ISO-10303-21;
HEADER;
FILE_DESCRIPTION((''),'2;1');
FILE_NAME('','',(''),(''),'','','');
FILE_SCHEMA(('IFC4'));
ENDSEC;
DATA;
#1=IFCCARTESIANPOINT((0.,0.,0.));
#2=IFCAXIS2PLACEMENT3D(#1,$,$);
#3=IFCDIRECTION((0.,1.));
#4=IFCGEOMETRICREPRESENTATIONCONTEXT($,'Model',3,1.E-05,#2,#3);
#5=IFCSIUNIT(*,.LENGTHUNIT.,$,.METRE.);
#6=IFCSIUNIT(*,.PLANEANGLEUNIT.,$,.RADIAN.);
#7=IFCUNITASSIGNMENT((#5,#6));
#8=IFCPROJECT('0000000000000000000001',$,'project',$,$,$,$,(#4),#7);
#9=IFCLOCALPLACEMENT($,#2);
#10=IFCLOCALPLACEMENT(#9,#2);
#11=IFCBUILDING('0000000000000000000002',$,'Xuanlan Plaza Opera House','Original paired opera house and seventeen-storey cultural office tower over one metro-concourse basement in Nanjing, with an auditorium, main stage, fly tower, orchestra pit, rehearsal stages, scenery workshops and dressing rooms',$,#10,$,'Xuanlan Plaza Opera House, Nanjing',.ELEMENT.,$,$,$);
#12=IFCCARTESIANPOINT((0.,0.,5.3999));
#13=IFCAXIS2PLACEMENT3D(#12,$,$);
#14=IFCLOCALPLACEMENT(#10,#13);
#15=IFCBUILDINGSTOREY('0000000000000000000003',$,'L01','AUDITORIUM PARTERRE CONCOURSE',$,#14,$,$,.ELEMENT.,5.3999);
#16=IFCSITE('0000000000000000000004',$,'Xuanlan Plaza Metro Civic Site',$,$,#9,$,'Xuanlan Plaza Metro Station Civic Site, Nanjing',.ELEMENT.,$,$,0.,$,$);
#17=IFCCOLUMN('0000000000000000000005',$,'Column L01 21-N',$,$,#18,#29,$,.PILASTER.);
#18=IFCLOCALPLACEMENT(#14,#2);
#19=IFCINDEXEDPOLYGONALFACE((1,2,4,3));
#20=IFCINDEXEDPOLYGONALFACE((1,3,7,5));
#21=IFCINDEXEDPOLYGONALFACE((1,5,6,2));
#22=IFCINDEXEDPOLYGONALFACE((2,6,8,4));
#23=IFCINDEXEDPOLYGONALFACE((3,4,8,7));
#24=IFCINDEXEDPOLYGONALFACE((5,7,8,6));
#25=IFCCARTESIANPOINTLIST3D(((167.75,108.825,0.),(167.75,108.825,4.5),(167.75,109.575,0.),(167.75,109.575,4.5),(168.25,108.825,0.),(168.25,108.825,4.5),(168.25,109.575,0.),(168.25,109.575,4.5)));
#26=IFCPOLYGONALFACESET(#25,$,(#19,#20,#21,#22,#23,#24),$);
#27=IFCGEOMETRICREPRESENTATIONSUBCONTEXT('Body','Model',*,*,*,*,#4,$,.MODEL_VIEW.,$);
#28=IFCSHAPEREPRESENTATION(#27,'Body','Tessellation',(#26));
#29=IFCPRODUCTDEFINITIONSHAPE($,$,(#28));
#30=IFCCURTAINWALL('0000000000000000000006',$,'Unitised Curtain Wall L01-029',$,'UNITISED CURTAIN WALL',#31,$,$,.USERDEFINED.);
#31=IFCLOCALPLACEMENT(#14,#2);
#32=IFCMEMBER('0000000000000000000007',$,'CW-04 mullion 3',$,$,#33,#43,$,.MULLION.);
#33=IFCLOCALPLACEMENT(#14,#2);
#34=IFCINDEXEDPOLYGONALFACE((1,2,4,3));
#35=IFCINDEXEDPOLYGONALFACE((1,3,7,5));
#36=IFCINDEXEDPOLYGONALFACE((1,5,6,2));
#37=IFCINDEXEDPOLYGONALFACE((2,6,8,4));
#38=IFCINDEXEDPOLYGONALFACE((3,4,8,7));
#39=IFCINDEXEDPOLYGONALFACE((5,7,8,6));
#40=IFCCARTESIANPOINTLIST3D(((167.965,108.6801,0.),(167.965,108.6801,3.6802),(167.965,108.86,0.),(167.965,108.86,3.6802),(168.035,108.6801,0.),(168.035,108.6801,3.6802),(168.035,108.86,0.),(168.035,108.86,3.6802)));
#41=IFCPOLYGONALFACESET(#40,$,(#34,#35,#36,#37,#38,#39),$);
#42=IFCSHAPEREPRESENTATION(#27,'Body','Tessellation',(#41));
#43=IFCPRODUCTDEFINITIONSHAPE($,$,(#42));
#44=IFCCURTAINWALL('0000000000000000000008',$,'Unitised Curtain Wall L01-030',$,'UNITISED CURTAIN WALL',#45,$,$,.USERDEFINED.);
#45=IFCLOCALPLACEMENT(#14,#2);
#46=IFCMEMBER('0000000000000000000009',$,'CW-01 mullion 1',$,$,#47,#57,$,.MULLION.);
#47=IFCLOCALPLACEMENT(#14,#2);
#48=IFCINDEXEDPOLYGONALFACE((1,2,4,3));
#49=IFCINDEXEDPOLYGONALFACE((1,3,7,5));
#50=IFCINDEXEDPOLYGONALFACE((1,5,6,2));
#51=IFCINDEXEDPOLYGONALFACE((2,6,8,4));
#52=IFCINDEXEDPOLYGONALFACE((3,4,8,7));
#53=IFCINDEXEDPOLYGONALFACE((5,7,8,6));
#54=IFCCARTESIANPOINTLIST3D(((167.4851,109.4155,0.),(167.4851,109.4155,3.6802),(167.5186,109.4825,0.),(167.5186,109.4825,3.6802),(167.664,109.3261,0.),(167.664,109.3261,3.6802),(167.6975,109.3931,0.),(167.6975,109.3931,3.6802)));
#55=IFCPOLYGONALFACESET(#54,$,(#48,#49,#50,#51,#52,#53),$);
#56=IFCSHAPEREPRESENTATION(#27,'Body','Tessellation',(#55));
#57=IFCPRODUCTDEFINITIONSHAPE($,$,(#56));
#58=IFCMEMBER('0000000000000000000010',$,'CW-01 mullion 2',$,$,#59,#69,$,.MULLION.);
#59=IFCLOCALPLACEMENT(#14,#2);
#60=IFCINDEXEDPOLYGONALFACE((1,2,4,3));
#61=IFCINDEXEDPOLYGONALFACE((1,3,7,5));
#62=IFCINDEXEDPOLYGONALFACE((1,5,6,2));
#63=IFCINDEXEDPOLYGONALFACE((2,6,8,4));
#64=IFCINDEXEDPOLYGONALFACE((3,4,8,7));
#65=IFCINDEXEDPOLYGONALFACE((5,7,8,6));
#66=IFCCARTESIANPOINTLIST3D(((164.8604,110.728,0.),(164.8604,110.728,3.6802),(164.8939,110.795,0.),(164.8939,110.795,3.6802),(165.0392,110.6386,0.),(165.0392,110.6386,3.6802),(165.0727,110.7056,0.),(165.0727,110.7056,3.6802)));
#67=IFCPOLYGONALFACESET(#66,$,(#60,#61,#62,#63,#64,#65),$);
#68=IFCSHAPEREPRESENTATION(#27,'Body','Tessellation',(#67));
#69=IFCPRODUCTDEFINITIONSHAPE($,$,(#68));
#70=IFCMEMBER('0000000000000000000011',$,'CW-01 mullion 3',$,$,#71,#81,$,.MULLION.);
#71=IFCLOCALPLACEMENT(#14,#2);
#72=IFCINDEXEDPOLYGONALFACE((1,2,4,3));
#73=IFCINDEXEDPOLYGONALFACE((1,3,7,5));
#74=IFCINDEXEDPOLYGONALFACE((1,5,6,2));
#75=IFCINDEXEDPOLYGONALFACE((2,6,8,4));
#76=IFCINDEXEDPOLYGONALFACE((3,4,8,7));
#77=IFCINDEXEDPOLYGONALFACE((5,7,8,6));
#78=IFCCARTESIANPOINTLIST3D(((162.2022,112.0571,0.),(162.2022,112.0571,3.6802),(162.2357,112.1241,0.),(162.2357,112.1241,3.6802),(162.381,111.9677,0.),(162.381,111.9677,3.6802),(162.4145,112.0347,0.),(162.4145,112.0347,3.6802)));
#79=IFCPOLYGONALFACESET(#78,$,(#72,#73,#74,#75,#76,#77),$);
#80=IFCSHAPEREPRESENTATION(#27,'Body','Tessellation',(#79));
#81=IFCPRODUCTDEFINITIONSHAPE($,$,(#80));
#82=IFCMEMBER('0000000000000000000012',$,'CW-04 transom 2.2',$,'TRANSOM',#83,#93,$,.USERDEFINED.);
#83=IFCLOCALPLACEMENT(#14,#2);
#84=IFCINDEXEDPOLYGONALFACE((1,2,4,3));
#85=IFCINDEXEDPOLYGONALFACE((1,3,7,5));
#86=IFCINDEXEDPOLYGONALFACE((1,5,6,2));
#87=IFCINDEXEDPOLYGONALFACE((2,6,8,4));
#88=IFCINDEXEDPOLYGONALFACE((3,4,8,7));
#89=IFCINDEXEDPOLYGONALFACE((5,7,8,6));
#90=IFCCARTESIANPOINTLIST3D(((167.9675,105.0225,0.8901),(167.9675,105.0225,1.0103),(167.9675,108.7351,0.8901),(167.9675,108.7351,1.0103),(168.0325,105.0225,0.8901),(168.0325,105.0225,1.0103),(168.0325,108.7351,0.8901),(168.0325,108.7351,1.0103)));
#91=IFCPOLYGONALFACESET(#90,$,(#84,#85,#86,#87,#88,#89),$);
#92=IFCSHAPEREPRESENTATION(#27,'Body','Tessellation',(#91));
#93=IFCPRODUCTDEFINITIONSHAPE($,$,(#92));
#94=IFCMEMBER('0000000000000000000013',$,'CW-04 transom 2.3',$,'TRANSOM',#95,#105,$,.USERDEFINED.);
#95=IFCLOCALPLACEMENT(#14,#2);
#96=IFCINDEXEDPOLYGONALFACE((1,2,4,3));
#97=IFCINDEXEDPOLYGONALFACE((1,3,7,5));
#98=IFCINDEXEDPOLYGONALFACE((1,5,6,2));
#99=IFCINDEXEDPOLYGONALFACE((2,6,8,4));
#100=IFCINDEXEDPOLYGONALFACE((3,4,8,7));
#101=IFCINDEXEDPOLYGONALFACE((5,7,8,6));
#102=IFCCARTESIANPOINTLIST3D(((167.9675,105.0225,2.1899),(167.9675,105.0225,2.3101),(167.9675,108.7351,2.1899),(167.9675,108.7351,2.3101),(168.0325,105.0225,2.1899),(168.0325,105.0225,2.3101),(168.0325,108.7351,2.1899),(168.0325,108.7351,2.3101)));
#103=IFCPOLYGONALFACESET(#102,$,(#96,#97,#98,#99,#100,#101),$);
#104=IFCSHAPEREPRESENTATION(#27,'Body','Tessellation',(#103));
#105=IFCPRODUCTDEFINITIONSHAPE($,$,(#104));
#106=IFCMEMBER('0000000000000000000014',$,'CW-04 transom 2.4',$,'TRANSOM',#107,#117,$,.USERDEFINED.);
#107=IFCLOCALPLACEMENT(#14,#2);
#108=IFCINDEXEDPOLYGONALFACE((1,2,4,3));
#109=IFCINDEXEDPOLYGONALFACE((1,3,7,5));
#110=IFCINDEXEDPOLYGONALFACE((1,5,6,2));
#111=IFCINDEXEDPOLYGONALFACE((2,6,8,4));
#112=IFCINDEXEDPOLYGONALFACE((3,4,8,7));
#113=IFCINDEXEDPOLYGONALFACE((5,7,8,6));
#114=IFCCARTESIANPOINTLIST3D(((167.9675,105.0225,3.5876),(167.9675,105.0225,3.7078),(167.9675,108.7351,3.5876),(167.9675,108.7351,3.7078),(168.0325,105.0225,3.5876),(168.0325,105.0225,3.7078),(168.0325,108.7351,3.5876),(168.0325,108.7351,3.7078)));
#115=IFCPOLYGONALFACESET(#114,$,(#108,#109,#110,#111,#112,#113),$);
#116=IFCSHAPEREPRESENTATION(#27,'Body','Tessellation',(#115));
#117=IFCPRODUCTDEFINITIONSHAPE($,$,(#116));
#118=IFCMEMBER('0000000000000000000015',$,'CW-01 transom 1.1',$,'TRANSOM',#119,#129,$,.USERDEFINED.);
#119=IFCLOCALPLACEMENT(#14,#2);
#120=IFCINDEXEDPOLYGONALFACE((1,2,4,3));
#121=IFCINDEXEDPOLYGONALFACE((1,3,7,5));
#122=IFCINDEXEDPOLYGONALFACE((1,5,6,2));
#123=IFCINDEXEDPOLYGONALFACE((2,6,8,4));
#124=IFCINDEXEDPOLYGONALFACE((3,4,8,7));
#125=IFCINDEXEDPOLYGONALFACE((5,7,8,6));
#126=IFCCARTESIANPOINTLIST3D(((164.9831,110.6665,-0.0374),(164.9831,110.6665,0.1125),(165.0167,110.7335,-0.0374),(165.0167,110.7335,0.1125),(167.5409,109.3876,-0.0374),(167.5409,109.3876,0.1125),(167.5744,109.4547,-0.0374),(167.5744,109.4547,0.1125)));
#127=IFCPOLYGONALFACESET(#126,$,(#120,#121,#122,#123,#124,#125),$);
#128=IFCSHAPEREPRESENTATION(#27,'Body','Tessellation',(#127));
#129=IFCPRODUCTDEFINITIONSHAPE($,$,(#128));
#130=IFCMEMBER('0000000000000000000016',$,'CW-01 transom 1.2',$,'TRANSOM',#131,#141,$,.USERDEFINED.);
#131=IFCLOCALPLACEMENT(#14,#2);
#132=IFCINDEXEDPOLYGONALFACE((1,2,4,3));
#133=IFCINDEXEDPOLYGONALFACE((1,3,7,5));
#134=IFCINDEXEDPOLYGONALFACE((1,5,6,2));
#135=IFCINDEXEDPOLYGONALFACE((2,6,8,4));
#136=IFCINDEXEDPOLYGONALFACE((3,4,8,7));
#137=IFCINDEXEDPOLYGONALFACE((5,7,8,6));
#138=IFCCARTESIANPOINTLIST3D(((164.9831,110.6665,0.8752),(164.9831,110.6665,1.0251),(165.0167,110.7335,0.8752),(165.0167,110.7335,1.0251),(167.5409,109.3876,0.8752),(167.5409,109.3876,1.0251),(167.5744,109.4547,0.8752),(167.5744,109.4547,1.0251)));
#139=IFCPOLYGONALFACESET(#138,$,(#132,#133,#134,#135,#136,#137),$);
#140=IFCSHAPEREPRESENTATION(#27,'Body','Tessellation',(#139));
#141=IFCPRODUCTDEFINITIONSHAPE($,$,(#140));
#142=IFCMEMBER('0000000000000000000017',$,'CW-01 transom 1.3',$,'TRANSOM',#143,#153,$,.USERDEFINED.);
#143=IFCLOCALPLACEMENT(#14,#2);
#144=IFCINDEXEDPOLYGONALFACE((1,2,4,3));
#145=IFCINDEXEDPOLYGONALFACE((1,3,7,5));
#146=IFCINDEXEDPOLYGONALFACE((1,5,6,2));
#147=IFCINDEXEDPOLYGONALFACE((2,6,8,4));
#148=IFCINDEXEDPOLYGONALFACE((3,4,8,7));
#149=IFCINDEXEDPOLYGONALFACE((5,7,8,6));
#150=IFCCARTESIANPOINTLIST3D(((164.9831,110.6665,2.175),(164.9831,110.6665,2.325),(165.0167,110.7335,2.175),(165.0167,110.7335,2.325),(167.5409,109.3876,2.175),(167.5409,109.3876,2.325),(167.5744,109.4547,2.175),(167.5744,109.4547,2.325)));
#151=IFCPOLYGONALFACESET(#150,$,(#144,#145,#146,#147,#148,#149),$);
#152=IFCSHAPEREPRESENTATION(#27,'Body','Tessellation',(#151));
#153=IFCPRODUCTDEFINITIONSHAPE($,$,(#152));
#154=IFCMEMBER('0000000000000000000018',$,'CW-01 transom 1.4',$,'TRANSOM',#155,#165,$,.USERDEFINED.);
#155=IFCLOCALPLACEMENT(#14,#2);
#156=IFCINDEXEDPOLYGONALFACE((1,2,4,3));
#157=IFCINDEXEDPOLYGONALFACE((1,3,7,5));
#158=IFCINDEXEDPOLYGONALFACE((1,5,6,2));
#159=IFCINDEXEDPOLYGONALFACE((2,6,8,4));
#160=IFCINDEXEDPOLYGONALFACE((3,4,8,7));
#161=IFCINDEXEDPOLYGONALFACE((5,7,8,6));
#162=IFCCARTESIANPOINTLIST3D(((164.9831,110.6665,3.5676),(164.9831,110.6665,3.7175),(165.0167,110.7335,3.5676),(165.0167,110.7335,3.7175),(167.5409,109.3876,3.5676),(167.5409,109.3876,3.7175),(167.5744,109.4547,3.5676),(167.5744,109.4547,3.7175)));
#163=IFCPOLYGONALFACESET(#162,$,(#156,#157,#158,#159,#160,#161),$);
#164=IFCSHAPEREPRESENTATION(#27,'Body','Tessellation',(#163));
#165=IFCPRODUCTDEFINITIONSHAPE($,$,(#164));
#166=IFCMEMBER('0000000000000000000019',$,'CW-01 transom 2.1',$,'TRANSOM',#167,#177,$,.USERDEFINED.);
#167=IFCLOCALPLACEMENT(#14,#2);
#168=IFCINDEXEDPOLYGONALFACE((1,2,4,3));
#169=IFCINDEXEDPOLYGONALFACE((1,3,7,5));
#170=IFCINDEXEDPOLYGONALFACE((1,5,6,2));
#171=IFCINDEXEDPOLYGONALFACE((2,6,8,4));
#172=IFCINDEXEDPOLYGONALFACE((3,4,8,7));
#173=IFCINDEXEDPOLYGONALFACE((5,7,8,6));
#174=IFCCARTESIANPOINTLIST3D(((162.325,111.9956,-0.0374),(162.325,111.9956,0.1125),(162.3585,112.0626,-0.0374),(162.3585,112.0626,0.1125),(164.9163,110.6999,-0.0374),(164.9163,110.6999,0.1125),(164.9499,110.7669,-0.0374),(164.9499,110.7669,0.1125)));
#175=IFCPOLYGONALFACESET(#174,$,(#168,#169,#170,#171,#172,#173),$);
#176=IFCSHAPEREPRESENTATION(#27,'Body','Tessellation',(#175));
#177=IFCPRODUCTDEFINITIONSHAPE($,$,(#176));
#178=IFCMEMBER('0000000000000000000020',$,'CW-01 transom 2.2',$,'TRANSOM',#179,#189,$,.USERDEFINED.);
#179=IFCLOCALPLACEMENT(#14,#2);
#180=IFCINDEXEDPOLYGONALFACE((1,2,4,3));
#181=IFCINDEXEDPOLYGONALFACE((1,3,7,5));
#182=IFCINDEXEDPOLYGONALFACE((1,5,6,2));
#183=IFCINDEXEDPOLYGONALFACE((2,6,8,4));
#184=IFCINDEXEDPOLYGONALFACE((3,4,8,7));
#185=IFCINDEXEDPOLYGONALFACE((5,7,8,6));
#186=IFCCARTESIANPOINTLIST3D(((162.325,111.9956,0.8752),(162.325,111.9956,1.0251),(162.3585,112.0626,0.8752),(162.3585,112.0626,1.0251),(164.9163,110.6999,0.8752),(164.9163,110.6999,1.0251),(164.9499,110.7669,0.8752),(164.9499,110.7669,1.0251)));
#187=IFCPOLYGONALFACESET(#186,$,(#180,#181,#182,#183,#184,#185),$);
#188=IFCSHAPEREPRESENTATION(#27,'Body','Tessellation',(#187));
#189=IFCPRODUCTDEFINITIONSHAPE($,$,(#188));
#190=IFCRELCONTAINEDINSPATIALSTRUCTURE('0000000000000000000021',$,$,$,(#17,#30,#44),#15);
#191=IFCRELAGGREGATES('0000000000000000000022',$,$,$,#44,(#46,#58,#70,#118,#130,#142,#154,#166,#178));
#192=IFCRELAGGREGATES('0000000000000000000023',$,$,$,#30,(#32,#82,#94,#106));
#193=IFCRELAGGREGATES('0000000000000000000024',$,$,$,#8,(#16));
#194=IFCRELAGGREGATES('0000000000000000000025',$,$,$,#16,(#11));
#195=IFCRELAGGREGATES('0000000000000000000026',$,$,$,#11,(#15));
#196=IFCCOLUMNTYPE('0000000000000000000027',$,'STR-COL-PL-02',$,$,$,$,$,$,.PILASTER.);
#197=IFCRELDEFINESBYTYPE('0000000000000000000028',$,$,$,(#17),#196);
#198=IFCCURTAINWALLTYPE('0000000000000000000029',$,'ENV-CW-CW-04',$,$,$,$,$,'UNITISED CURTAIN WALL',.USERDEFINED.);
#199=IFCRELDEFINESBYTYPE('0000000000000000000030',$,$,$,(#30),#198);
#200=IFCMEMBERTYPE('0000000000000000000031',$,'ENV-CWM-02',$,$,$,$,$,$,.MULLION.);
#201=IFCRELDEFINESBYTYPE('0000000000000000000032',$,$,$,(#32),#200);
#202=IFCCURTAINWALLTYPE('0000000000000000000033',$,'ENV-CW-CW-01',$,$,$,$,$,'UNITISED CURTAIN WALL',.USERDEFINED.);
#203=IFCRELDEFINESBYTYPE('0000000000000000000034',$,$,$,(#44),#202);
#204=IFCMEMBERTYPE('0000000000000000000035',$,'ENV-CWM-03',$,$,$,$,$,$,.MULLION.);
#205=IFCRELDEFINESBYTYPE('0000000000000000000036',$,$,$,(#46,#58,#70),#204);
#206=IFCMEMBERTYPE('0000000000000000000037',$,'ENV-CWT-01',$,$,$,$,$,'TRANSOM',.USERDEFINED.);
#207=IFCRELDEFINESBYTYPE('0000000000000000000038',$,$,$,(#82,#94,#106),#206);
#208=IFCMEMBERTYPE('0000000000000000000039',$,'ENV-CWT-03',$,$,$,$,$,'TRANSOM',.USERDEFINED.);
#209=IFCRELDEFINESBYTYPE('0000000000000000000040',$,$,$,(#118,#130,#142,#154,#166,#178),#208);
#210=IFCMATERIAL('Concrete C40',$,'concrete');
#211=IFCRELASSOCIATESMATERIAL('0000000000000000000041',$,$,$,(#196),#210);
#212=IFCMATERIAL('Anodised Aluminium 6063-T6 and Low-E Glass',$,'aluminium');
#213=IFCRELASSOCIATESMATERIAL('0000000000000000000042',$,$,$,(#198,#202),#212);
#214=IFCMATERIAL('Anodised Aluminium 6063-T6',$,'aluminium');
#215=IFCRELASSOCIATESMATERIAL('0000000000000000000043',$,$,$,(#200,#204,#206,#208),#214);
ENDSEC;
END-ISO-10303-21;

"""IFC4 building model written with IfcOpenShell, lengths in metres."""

from ifc_helpers import new_model, si_unit, direction, frame, origin, origin_2d, place, context, subcontext, project, spatial, rectangle, extrude, material, material_profile, profile_set, type_object, element, aggregate, save


model = new_model("IFC4")

# Units and contexts
model_context = context("Model", 3, precision=1e-05, world=origin(), true_north=direction((0.0, 1.0)))
body_context = subcontext(model_context, "Body", "Model", "MODEL_VIEW")
ifc_project = project(units=[si_unit("LENGTHUNIT", "METRE"), si_unit("PLANEANGLEUNIT", "RADIAN")], contexts=[model_context])

# Site, building, storey
site_placement = place(None, origin())
site = spatial("IfcSite", under=ifc_project, at=site_placement, Name="Xuanlan Plaza Metro Civic Site", LongName="Xuanlan Plaza Metro Station Civic Site, Nanjing", CompositionType="ELEMENT", RefElevation=0.0)
building_placement = place(site_placement, origin())
building = spatial("IfcBuilding", under=site, at=building_placement, Name="Xuanlan Plaza Opera House", Description="Original paired opera house and seventeen-storey cultural office tower over one metro-concourse basement in Nanjing, with an auditorium, main stage, fly tower, orchestra pit, rehearsal stages, scenery workshops and dressing rooms", LongName="Xuanlan Plaza Opera House, Nanjing", CompositionType="ELEMENT")
storey_placement = place(building_placement, frame((0.0, 0.0, 5.3999)))
storey = spatial("IfcBuildingStorey", under=building, at=storey_placement, Name="L01", Description="AUDITORIUM PARTERRE CONCOURSE", CompositionType="ELEMENT", Elevation=5.3999)

# Column
ifc_material_1 = material(Name="Concrete C40", Category="concrete")
ifc_material_profile_1 = material_profile(ifc_material_1, rectangle(XDim=0.5, YDim=0.75, at=origin_2d()), Name="RC-PIL 500x750")
ifc_profile_set_1 = profile_set([ifc_material_profile_1], Name="Concrete C40")
column_type = type_object("IfcColumnType", Name="STR-COL-PL-02", PredefinedType="PILASTER", material=ifc_profile_set_1)
column_placement = place(storey_placement, frame((168.0, 109.2, 0.0), z_axis=(0.0, 0.0, 1.0), x_axis=(1.0, 0.0, 0.0)))
element("IfcColumn", 1, at=column_placement, inside=storey, type_object=column_type, Name="Column L01 21-N", PredefinedType="PILASTER", context=body_context, shape_type="SweptSolid", body=[
    extrude(rectangle(XDim=0.5, YDim=0.75, at=origin_2d()), origin(), (0.0, 0.0, 1.0), 4.5),
])

# Curtain wall, member
ifc_material_2 = material(Name="Anodised Aluminium 6063-T6 and Low-E Glass", Category="aluminium")
curtain_wall_type_1 = type_object("IfcCurtainWallType", Name="ENV-CW-CW-04", ElementType="UNITISED CURTAIN WALL", PredefinedType="USERDEFINED", material=ifc_material_2)
curtain_wall_1_placement = place(storey_placement, origin())
curtain_wall_1 = element("IfcCurtainWall", 2, at=curtain_wall_1_placement, inside=storey, type_object=curtain_wall_type_1, Name="Unitised Curtain Wall L01-029", ObjectType="UNITISED CURTAIN WALL", PredefinedType="USERDEFINED")
ifc_material_3 = material(Name="Anodised Aluminium 6063-T6", Category="aluminium")
ifc_material_profile_2 = material_profile(ifc_material_3, rectangle(XDim=0.0701, YDim=0.1799, at=origin_2d()), Name="ALU-M 70x180")
ifc_profile_set_2 = profile_set([ifc_material_profile_2], Name="Anodised Aluminium 6063-T6")
member_type_1 = type_object("IfcMemberType", Name="ENV-CWM-02", PredefinedType="MULLION", material=ifc_profile_set_2)
member_1_placement = place(storey_placement, frame((168.0, 108.77, 0.0), z_axis=(0.0, 0.0, 1.0), x_axis=(-1.0, 0.0, 0.0)))
member_1 = element("IfcMember", 3, at=member_1_placement, type_object=member_type_1, Name="CW-04 mullion 3", PredefinedType="MULLION", context=body_context, shape_type="SweptSolid", body=[
    extrude(rectangle(XDim=0.0701, YDim=0.1799, at=origin_2d()), origin(), (0.0, 0.0, 1.0), 3.6802),
])

# Curtain wall, members
curtain_wall_type_2 = type_object("IfcCurtainWallType", Name="ENV-CW-CW-01", ElementType="UNITISED CURTAIN WALL", PredefinedType="USERDEFINED", material=ifc_material_2)
curtain_wall_2_placement = place(storey_placement, origin())
curtain_wall_2 = element("IfcCurtainWall", 4, at=curtain_wall_2_placement, inside=storey, type_object=curtain_wall_type_2, Name="Unitised Curtain Wall L01-030", ObjectType="UNITISED CURTAIN WALL", PredefinedType="USERDEFINED")
ifc_material_profile_3 = material_profile(ifc_material_3, rectangle(XDim=0.075, YDim=0.2, at=origin_2d()), Name="ALU-M 75x200")
ifc_profile_set_3 = profile_set([ifc_material_profile_3], Name="Anodised Aluminium 6063-T6")
member_type_2 = type_object("IfcMemberType", Name="ENV-CWM-03", PredefinedType="MULLION", material=ifc_profile_set_3)
member_2_placement = place(storey_placement, frame((167.5913, 109.4043, 0.0), z_axis=(0.0, 0.0, 1.0), x_axis=(-0.447214, -0.894427, 0.0)))
member_2 = element("IfcMember", 5, at=member_2_placement, type_object=member_type_2, Name="CW-01 mullion 1", PredefinedType="MULLION", context=body_context, shape_type="SweptSolid", body=[
    extrude(rectangle(XDim=0.075, YDim=0.2, at=origin_2d()), origin(), (0.0, 0.0, 1.0), 3.6802),
])
member_3_placement = place(storey_placement, frame((164.9666, 110.7168, 0.0), z_axis=(0.0, 0.0, 1.0), x_axis=(-0.447214, -0.894427, 0.0)))
member_3 = element("IfcMember", 6, at=member_3_placement, type_object=member_type_2, Name="CW-01 mullion 2", PredefinedType="MULLION", context=body_context, shape_type="SweptSolid", body=[
    extrude(rectangle(XDim=0.075, YDim=0.2, at=origin_2d()), origin(), (0.0, 0.0, 1.0), 3.6802),
])
member_4_placement = place(storey_placement, frame((162.3083, 112.0459, 0.0), z_axis=(0.0, 0.0, 1.0), x_axis=(-0.447214, -0.894427, 0.0)))
member_4 = element("IfcMember", 7, at=member_4_placement, type_object=member_type_2, Name="CW-01 mullion 3", PredefinedType="MULLION", context=body_context, shape_type="SweptSolid", body=[
    extrude(rectangle(XDim=0.075, YDim=0.2, at=origin_2d()), origin(), (0.0, 0.0, 1.0), 3.6802),
])

# Members
ifc_material_profile_4 = material_profile(ifc_material_3, rectangle(XDim=0.0649, YDim=0.1201, at=origin_2d()), Name="ALU-T 65x120")
ifc_profile_set_4 = profile_set([ifc_material_profile_4], Name="Anodised Aluminium 6063-T6")
member_type_3 = type_object("IfcMemberType", Name="ENV-CWT-01", ElementType="TRANSOM", PredefinedType="USERDEFINED", material=ifc_profile_set_4)
member_5_placement = place(storey_placement, frame((168.0, 105.0225, 0.9502), z_axis=(0.0, 1.0, 0.0), x_axis=(-1.0, 0.0, 0.0)))
member_5 = element("IfcMember", 8, at=member_5_placement, type_object=member_type_3, Name="CW-04 transom 2.2", ObjectType="TRANSOM", PredefinedType="USERDEFINED", context=body_context, shape_type="SweptSolid", body=[
    extrude(rectangle(XDim=0.0649, YDim=0.1201, at=origin_2d()), origin(), (0.0, 0.0, 1.0), 3.7126),
])
member_6_placement = place(storey_placement, frame((168.0, 105.0225, 2.25), z_axis=(0.0, 1.0, 0.0), x_axis=(-1.0, 0.0, 0.0)))
member_6 = element("IfcMember", 9, at=member_6_placement, type_object=member_type_3, Name="CW-04 transom 2.3", ObjectType="TRANSOM", PredefinedType="USERDEFINED", context=body_context, shape_type="SweptSolid", body=[
    extrude(rectangle(XDim=0.0649, YDim=0.1201, at=origin_2d()), origin(), (0.0, 0.0, 1.0), 3.7126),
])
member_7_placement = place(storey_placement, frame((168.0, 105.0225, 3.6477), z_axis=(0.0, 1.0, 0.0), x_axis=(-1.0, 0.0, 0.0)))
member_7 = element("IfcMember", 10, at=member_7_placement, type_object=member_type_3, Name="CW-04 transom 2.4", ObjectType="TRANSOM", PredefinedType="USERDEFINED", context=body_context, shape_type="SweptSolid", body=[
    extrude(rectangle(XDim=0.0649, YDim=0.1201, at=origin_2d()), origin(), (0.0, 0.0, 1.0), 3.7126),
])
ifc_material_profile_5 = material_profile(ifc_material_3, rectangle(XDim=0.075, YDim=0.1499, at=origin_2d()), Name="ALU-T 75x150")
ifc_profile_set_5 = profile_set([ifc_material_profile_5], Name="Anodised Aluminium 6063-T6")
member_type_4 = type_object("IfcMemberType", Name="ENV-CWT-03", ElementType="TRANSOM", PredefinedType="USERDEFINED", material=ifc_profile_set_5)
member_8_placement = place(storey_placement, frame((167.5576, 109.4211, 0.0376), z_axis=(-0.894427, 0.447214, 0.0), x_axis=(-0.447214, -0.894427, 0.0)))
member_8 = element("IfcMember", 11, at=member_8_placement, type_object=member_type_4, Name="CW-01 transom 1.1", ObjectType="TRANSOM", PredefinedType="USERDEFINED", context=body_context, shape_type="SweptSolid", body=[
    extrude(rectangle(XDim=0.075, YDim=0.1499, at=origin_2d()), origin(), (0.0, 0.0, 1.0), 2.8596),
])
member_9_placement = place(storey_placement, frame((167.5576, 109.4211, 0.9502), z_axis=(-0.894427, 0.447214, 0.0), x_axis=(-0.447214, -0.894427, 0.0)))
member_9 = element("IfcMember", 12, at=member_9_placement, type_object=member_type_4, Name="CW-01 transom 1.2", ObjectType="TRANSOM", PredefinedType="USERDEFINED", context=body_context, shape_type="SweptSolid", body=[
    extrude(rectangle(XDim=0.075, YDim=0.1499, at=origin_2d()), origin(), (0.0, 0.0, 1.0), 2.8596),
])
member_10_placement = place(storey_placement, frame((167.5576, 109.4211, 2.25), z_axis=(-0.894427, 0.447214, 0.0), x_axis=(-0.447214, -0.894427, 0.0)))
member_10 = element("IfcMember", 13, at=member_10_placement, type_object=member_type_4, Name="CW-01 transom 1.3", ObjectType="TRANSOM", PredefinedType="USERDEFINED", context=body_context, shape_type="SweptSolid", body=[
    extrude(rectangle(XDim=0.075, YDim=0.1499, at=origin_2d()), origin(), (0.0, 0.0, 1.0), 2.8596),
])
member_11_placement = place(storey_placement, frame((167.5576, 109.4211, 3.6426), z_axis=(-0.894427, 0.447214, 0.0), x_axis=(-0.447214, -0.894427, 0.0)))
member_11 = element("IfcMember", 14, at=member_11_placement, type_object=member_type_4, Name="CW-01 transom 1.4", ObjectType="TRANSOM", PredefinedType="USERDEFINED", context=body_context, shape_type="SweptSolid", body=[
    extrude(rectangle(XDim=0.075, YDim=0.1499, at=origin_2d()), origin(), (0.0, 0.0, 1.0), 2.8596),
])
member_12_placement = place(storey_placement, frame((164.9331, 110.7334, 0.0376), z_axis=(-0.894427, 0.447214, 0.0), x_axis=(-0.447214, -0.894427, 0.0)))
member_12 = element("IfcMember", 15, at=member_12_placement, type_object=member_type_4, Name="CW-01 transom 2.1", ObjectType="TRANSOM", PredefinedType="USERDEFINED", context=body_context, shape_type="SweptSolid", body=[
    extrude(rectangle(XDim=0.075, YDim=0.1499, at=origin_2d()), origin(), (0.0, 0.0, 1.0), 2.8972),
])
member_13_placement = place(storey_placement, frame((164.9331, 110.7334, 0.9502), z_axis=(-0.894427, 0.447214, 0.0), x_axis=(-0.447214, -0.894427, 0.0)))
member_13 = element("IfcMember", 16, at=member_13_placement, type_object=member_type_4, Name="CW-01 transom 2.2", ObjectType="TRANSOM", PredefinedType="USERDEFINED", context=body_context, shape_type="SweptSolid", body=[
    extrude(rectangle(XDim=0.075, YDim=0.1499, at=origin_2d()), origin(), (0.0, 0.0, 1.0), 2.8972),
])

aggregate(curtain_wall_2, [member_2, member_3, member_4, member_8, member_9, member_10, member_11, member_12, member_13])
aggregate(curtain_wall_1, [member_1, member_5, member_6, member_7])

save(model, "model.ifc")
